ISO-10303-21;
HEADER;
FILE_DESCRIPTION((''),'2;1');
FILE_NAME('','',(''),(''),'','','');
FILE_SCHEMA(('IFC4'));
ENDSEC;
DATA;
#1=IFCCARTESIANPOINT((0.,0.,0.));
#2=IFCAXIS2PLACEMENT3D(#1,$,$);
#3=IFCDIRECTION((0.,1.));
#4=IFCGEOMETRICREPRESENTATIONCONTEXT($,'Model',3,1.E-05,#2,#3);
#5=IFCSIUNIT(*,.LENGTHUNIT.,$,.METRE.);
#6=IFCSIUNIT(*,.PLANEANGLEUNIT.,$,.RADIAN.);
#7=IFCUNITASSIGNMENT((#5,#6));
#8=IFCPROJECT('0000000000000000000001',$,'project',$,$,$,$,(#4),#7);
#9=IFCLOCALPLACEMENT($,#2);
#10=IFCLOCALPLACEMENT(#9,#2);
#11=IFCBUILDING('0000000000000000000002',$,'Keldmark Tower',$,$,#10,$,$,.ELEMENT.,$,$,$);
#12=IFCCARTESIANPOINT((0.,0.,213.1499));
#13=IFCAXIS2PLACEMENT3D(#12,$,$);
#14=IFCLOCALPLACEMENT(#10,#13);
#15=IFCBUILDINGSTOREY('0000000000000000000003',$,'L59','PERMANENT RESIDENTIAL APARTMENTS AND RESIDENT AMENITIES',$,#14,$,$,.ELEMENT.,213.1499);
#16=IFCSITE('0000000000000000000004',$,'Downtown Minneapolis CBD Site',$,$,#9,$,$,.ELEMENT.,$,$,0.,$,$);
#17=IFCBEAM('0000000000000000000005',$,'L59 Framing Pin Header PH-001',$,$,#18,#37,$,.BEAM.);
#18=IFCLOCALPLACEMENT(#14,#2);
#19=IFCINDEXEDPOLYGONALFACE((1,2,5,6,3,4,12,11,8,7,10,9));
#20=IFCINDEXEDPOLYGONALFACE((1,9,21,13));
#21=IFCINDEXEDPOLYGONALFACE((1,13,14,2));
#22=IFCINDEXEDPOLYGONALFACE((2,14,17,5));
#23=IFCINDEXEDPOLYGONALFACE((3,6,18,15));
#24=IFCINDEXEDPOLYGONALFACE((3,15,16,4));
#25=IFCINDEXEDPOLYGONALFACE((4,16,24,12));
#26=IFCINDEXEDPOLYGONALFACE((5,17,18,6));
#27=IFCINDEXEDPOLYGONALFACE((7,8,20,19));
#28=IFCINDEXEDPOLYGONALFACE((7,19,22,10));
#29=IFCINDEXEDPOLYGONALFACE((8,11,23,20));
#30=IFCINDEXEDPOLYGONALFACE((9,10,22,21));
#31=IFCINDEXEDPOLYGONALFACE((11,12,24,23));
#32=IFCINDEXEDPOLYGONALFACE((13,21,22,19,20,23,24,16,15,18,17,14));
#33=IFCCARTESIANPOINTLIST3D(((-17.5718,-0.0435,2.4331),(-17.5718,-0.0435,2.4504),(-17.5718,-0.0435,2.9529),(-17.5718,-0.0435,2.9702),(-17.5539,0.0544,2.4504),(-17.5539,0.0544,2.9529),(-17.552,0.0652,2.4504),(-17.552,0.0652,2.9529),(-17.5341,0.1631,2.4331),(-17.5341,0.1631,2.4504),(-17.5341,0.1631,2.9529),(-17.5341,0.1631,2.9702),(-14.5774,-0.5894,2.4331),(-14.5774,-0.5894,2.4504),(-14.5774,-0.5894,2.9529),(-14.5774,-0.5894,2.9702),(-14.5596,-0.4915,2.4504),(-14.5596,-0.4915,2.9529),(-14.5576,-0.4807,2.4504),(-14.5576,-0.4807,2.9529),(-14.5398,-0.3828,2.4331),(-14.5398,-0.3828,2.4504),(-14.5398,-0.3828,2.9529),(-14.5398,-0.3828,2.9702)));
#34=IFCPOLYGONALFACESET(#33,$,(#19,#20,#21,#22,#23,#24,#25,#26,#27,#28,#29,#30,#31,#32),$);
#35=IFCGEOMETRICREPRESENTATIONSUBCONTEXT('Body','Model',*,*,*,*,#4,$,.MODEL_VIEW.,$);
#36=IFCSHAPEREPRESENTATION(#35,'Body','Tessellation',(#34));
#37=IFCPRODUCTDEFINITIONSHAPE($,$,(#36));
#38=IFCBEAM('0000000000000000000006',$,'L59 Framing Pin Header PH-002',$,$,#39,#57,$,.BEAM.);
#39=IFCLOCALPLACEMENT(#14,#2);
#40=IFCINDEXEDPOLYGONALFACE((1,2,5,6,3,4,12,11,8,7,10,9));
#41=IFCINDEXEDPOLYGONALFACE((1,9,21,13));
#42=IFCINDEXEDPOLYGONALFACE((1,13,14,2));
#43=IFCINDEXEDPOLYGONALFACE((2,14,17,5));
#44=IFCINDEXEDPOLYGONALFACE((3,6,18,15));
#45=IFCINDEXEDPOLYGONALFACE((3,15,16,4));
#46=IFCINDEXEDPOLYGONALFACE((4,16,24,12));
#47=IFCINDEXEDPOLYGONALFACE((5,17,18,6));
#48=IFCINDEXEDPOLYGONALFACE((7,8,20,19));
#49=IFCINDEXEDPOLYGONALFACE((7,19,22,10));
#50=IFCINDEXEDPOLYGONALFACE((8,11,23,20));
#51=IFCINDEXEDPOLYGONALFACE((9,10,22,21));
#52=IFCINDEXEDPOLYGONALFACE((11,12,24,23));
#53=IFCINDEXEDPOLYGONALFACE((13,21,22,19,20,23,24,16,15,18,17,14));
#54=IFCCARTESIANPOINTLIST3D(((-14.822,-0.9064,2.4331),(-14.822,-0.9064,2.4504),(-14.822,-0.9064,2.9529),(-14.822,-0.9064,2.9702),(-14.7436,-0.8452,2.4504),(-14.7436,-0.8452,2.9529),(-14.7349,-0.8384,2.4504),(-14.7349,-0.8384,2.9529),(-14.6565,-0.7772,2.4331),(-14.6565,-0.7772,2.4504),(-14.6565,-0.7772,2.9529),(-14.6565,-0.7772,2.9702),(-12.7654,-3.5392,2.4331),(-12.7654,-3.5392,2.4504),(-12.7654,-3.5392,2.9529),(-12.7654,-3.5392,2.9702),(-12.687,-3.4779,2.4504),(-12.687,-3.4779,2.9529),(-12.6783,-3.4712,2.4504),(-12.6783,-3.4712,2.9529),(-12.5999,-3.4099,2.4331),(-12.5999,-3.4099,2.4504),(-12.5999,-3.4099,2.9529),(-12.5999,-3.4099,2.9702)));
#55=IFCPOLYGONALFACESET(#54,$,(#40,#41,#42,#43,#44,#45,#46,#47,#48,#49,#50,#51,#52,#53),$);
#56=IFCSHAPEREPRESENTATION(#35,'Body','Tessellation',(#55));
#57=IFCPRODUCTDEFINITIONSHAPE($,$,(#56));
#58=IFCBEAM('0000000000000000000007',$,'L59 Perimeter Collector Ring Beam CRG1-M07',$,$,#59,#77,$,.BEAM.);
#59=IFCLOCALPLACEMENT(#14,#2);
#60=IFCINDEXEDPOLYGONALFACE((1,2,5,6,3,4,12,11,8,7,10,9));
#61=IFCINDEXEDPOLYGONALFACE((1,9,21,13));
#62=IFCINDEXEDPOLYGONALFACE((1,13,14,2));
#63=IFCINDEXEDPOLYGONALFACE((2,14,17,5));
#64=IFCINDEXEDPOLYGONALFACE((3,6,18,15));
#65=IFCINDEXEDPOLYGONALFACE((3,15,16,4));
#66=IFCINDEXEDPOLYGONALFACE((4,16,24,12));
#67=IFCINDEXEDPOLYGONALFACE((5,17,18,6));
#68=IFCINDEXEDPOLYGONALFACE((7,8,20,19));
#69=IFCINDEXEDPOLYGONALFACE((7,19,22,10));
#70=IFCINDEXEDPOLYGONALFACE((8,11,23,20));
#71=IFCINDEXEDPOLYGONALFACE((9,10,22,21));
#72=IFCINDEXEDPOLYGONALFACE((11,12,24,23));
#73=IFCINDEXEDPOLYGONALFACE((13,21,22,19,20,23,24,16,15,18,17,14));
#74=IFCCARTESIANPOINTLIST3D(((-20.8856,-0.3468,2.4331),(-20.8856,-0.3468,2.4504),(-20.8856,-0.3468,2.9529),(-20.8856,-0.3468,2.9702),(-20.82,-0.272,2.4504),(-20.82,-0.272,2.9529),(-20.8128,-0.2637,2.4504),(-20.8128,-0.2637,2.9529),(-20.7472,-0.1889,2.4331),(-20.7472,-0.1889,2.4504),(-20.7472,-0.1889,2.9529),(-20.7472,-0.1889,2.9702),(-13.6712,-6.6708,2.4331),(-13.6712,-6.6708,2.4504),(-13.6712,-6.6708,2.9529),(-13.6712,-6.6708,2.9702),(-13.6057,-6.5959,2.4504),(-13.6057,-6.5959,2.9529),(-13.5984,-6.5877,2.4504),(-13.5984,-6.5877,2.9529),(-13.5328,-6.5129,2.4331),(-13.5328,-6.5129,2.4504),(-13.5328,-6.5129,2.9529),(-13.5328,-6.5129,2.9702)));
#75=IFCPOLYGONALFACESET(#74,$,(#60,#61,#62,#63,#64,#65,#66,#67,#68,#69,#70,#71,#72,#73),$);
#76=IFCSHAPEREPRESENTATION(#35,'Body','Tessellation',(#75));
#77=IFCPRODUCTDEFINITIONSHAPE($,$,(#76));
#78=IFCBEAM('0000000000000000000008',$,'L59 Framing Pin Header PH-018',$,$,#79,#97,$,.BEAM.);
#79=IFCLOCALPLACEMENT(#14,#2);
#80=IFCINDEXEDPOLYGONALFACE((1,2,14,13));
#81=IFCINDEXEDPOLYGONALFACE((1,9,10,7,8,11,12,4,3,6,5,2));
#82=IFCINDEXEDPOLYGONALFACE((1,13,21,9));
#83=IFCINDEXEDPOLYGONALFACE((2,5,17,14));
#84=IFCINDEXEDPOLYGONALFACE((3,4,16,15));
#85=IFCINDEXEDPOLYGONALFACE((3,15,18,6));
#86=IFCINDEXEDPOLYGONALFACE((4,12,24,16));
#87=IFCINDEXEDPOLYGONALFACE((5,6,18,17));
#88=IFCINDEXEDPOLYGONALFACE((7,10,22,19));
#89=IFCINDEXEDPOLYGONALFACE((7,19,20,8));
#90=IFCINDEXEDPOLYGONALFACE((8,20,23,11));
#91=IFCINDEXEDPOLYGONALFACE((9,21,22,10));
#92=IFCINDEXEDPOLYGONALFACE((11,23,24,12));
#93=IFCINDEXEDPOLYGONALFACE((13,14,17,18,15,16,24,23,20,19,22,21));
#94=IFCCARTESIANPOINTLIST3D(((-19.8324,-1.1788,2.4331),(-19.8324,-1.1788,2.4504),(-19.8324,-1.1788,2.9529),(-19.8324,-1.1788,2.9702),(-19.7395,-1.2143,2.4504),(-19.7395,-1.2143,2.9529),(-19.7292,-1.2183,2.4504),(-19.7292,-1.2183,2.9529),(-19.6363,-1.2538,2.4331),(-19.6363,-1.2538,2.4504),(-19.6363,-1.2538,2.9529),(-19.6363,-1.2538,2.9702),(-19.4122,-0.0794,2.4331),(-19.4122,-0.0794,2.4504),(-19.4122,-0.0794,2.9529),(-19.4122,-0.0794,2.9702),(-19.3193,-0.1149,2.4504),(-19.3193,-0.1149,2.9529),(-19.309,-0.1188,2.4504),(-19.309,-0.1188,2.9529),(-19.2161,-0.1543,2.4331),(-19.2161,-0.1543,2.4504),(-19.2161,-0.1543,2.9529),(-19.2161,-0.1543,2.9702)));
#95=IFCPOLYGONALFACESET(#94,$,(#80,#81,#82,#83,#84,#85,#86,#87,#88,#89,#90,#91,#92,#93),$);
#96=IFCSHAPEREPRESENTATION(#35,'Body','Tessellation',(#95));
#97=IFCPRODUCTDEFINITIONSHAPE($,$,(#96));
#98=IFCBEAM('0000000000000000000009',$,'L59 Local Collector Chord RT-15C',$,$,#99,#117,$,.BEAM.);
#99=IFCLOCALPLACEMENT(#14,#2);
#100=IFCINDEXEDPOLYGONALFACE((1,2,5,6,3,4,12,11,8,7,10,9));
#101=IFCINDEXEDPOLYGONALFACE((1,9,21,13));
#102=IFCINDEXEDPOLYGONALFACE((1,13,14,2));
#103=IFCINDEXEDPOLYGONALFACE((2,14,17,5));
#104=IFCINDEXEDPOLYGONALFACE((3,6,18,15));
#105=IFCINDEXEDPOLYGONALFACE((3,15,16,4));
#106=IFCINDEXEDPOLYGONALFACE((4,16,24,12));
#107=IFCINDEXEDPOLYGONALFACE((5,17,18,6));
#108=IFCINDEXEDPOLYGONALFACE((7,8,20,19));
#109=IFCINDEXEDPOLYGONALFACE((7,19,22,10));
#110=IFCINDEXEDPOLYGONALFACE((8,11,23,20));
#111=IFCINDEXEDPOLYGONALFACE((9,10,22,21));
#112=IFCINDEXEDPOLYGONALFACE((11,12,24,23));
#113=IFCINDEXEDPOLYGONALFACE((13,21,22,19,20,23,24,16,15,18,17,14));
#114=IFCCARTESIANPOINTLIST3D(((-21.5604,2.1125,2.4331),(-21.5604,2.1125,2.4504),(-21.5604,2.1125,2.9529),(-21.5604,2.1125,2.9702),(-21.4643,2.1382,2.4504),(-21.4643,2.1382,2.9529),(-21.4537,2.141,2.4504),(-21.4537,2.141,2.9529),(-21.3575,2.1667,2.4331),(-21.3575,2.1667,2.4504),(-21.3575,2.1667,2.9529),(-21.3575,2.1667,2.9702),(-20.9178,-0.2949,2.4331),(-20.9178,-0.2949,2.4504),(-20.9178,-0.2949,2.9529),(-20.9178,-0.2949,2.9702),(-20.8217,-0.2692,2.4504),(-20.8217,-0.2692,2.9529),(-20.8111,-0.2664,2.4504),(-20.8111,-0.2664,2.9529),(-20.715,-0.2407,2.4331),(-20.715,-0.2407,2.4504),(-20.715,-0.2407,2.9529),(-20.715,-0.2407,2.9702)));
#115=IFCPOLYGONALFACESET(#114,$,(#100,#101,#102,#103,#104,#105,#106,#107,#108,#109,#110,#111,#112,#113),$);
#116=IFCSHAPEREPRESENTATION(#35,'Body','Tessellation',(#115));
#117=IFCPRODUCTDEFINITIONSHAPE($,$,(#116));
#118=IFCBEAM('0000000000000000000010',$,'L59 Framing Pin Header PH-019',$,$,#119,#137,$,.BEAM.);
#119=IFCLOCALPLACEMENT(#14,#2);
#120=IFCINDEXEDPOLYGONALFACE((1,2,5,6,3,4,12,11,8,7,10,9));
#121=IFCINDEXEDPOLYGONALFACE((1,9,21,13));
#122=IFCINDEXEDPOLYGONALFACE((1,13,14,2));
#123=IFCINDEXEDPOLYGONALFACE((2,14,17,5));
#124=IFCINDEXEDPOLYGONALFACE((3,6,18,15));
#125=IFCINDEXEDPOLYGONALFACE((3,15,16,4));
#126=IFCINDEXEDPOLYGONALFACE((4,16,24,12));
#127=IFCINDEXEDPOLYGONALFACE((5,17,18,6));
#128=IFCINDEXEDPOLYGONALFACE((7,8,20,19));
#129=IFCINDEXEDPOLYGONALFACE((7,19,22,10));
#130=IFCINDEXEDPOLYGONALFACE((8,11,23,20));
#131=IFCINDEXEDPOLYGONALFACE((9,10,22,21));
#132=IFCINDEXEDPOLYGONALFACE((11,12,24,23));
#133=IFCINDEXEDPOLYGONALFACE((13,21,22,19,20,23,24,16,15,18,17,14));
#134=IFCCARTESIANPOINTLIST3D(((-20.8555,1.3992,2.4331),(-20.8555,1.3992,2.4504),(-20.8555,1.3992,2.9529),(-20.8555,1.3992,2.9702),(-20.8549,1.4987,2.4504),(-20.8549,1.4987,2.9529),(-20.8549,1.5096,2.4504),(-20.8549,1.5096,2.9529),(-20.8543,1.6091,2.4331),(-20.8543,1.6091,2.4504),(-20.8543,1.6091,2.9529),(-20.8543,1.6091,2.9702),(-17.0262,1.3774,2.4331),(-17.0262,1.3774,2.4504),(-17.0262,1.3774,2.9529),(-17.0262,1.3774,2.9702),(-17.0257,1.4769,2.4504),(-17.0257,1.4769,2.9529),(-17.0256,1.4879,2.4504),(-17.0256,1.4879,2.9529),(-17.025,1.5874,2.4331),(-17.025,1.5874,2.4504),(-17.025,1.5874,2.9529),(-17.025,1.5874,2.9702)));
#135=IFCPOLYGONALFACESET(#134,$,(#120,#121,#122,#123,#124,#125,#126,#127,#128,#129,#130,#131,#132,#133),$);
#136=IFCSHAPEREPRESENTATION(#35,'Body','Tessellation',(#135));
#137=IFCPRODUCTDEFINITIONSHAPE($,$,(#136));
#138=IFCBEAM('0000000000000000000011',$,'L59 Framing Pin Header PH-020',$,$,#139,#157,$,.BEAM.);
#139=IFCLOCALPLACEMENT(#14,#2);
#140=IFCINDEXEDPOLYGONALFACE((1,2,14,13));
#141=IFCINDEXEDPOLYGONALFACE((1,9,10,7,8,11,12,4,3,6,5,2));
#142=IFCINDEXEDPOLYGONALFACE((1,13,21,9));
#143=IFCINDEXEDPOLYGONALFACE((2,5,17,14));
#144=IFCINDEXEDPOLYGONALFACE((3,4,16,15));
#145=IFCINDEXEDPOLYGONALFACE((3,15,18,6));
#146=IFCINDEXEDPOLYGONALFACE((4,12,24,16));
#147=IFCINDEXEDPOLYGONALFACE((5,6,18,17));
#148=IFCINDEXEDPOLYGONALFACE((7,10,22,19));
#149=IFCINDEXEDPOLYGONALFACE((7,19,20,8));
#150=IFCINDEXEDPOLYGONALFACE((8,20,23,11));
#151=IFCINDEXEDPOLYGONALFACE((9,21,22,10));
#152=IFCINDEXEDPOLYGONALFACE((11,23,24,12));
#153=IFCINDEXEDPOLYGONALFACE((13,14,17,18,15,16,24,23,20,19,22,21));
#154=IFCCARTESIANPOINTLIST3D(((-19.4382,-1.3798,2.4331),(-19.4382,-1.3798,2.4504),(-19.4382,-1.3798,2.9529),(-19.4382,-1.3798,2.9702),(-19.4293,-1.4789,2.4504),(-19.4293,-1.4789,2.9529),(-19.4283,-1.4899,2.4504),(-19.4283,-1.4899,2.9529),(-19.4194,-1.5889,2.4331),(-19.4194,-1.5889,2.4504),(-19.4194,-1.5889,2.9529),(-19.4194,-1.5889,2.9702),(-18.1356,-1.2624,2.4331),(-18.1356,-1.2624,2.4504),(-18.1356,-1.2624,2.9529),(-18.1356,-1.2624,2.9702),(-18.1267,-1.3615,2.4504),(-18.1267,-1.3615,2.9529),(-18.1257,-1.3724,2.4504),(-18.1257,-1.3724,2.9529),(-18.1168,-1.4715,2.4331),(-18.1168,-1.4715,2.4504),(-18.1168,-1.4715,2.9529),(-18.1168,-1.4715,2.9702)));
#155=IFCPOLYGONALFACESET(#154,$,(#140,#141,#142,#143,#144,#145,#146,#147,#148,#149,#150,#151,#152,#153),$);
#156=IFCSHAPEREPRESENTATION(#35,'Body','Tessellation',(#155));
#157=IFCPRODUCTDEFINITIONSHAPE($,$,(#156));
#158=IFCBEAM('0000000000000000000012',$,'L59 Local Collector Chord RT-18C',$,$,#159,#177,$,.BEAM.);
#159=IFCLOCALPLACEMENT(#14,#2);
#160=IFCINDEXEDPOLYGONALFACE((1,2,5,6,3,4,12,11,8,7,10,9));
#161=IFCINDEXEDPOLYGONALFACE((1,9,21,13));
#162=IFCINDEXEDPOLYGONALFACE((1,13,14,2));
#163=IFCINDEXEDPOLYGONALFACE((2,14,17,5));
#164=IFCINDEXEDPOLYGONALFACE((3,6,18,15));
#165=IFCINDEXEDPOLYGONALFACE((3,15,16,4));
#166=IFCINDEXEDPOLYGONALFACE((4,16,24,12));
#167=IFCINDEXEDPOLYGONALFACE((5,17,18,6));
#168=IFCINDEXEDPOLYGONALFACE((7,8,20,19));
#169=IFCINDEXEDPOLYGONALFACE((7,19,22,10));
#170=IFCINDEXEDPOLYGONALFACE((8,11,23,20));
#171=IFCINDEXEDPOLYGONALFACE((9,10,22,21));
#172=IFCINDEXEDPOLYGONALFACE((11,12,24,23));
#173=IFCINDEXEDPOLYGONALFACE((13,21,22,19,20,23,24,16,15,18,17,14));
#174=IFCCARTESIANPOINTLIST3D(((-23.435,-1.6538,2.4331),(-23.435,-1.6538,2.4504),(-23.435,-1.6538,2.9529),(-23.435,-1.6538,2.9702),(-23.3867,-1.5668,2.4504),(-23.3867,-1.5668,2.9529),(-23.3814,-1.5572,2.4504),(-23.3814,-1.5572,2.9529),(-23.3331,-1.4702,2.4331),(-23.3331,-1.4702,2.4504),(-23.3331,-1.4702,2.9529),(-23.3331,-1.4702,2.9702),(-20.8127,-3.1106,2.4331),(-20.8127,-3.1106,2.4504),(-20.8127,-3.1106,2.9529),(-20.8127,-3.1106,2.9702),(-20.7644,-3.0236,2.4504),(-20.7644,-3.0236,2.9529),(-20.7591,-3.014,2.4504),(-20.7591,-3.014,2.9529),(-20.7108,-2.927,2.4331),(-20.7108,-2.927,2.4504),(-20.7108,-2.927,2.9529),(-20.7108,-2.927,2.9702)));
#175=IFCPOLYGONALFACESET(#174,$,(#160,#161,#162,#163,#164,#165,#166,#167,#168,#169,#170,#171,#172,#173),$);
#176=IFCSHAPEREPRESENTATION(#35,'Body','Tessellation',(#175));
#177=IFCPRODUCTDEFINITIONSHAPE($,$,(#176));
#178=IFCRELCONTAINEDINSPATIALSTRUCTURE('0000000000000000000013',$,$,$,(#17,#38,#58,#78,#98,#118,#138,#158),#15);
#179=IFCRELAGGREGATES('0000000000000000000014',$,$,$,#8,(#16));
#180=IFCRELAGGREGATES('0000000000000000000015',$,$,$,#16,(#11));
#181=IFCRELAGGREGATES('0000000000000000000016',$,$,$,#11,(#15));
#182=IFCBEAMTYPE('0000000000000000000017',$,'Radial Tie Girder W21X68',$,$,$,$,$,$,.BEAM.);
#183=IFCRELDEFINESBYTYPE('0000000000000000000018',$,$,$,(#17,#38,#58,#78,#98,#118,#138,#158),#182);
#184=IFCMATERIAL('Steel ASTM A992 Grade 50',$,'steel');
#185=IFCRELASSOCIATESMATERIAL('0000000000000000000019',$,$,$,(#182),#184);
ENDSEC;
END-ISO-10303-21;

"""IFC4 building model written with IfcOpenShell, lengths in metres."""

from ifc_helpers import new_model, si_unit, direction, frame, origin, origin_2d, place, context, subcontext, project, spatial, i_section, extrude, material, material_profile, profile_set, type_object, element, save


model = new_model("IFC4")

# Units and contexts
model_context = context("Model", 3, precision=1e-05, world=origin(), true_north=direction((0.0, 1.0)))
body_context = subcontext(model_context, "Body", "Model", "MODEL_VIEW")
ifc_project = project(units=[si_unit("LENGTHUNIT", "METRE"), si_unit("PLANEANGLEUNIT", "RADIAN")], contexts=[model_context])

# Site, building, storey
site_placement = place(None, origin())
site = spatial("IfcSite", under=ifc_project, at=site_placement, Name="Downtown Minneapolis CBD Site", CompositionType="ELEMENT", RefElevation=0.0)
building_placement = place(site_placement, origin())
building = spatial("IfcBuilding", under=site, at=building_placement, Name="Keldmark Tower", CompositionType="ELEMENT")
storey_placement = place(building_placement, frame((0.0, 0.0, 213.1499)))
storey = spatial("IfcBuildingStorey", under=building, at=storey_placement, Name="L59", Description="PERMANENT RESIDENTIAL APARTMENTS AND RESIDENT AMENITIES", CompositionType="ELEMENT", Elevation=213.1499)

# Beams
ifc_material_1 = material(Name="Steel ASTM A992 Grade 50", Category="steel")
ifc_material_profile_1 = material_profile(ifc_material_1, i_section(OverallWidth=0.21, OverallDepth=0.5371, WebThickness=0.011, FlangeThickness=0.0173, at=origin_2d()), Name="W21X68")
ifc_profile_set_1 = profile_set([ifc_material_profile_1], Name="Steel ASTM A992 Grade 50")
beam_type_1 = type_object("IfcBeamType", Name="Radial Tie Girder W21X68", PredefinedType="BEAM", material=ifc_profile_set_1)
beam_1_placement = place(storey_placement, frame((-14.5586, -0.4861, 2.7017), z_axis=(-0.983785, 0.179351, 0.0), x_axis=(-0.179351, -0.983785, 0.0)))
element("IfcBeam", 1, at=beam_1_placement, inside=storey, type_object=beam_type_1, Name="L59 Framing Pin Header PH-001", PredefinedType="BEAM", context=body_context, shape_type="SweptSolid", body=[
    extrude(i_section(OverallWidth=0.21, OverallDepth=0.5371, WebThickness=0.011, FlangeThickness=0.0173, at=origin_2d()), origin(), (0.0, 0.0, 1.0), 3.0437),
])
beam_2_placement = place(storey_placement, frame((-14.7393, -0.8418, 2.7017), z_axis=(0.615599, -0.78806, 0.0), x_axis=(0.78806, 0.615599, 0.0)))
element("IfcBeam", 2, at=beam_2_placement, inside=storey, type_object=beam_type_1, Name="L59 Framing Pin Header PH-002", PredefinedType="BEAM", context=body_context, shape_type="SweptSolid", body=[
    extrude(i_section(OverallWidth=0.21, OverallDepth=0.5371, WebThickness=0.011, FlangeThickness=0.0173, at=origin_2d()), origin(), (0.0, 0.0, 1.0), 3.3408),
])
beam_3_placement = place(storey_placement, frame((-20.8164, -0.2678, 2.7017), z_axis=(0.751987, -0.659178, 0.0), x_axis=(0.659178, 0.751987, 0.0)))
element("IfcBeam", 3, at=beam_3_placement, inside=storey, type_object=beam_type_1, Name="L59 Perimeter Collector Ring Beam CRG1-M07", PredefinedType="BEAM", context=body_context, shape_type="SweptSolid", body=[
    extrude(i_section(OverallWidth=0.21, OverallDepth=0.5371, WebThickness=0.011, FlangeThickness=0.0173, at=origin_2d()), origin(), (0.0, 0.0, 1.0), 9.5938),
])
beam_4_placement = place(storey_placement, frame((-19.7344, -1.2163, 2.7017), z_axis=(0.357004, 0.934103, 0.0), x_axis=(-0.934103, 0.357004, 0.0)))
element("IfcBeam", 4, at=beam_4_placement, inside=storey, type_object=beam_type_1, Name="L59 Framing Pin Header PH-018", PredefinedType="BEAM", context=body_context, shape_type="SweptSolid", body=[
    extrude(i_section(OverallWidth=0.21, OverallDepth=0.5371, WebThickness=0.011, FlangeThickness=0.0173, at=origin_2d()), origin(), (0.0, 0.0, 1.0), 1.177),
])
beam_5_placement = place(storey_placement, frame((-20.8164, -0.2678, 2.7017), z_axis=(-0.257882, 0.966176, 0.0), x_axis=(-0.966176, -0.257882, 0.0)))
element("IfcBeam", 5, at=beam_5_placement, inside=storey, type_object=beam_type_1, Name="L59 Local Collector Chord RT-15C", PredefinedType="BEAM", context=body_context, shape_type="SweptSolid", body=[
    extrude(i_section(OverallWidth=0.21, OverallDepth=0.5371, WebThickness=0.011, FlangeThickness=0.0173, at=origin_2d()), origin(), (0.0, 0.0, 1.0), 2.4917),
])
beam_6_placement = place(storey_placement, frame((-17.0256, 1.4824, 2.7017), z_axis=(-0.999984, 0.005674, 0.0), x_axis=(-0.005674, -0.999984, 0.0)))
element("IfcBeam", 6, at=beam_6_placement, inside=storey, type_object=beam_type_1, Name="L59 Framing Pin Header PH-019", PredefinedType="BEAM", context=body_context, shape_type="SweptSolid", body=[
    extrude(i_section(OverallWidth=0.21, OverallDepth=0.5371, WebThickness=0.011, FlangeThickness=0.0173, at=origin_2d()), origin(), (0.0, 0.0, 1.0), 3.8293),
])
beam_7_placement = place(storey_placement, frame((-18.1262, -1.3669, 2.7017), z_axis=(-0.99596, -0.089795, 0.0), x_axis=(0.089795, -0.99596, 0.0)))
element("IfcBeam", 7, at=beam_7_placement, inside=storey, type_object=beam_type_1, Name="L59 Framing Pin Header PH-020", PredefinedType="BEAM", context=body_context, shape_type="SweptSolid", body=[
    extrude(i_section(OverallWidth=0.21, OverallDepth=0.5371, WebThickness=0.011, FlangeThickness=0.0173, at=origin_2d()), origin(), (0.0, 0.0, 1.0), 1.3079),
])
beam_8_placement = place(storey_placement, frame((-23.384, -1.562, 2.7017), z_axis=(0.874165, -0.485629, 0.0), x_axis=(0.485629, 0.874165, 0.0)))
element("IfcBeam", 8, at=beam_8_placement, inside=storey, type_object=beam_type_1, Name="L59 Local Collector Chord RT-18C", PredefinedType="BEAM", context=body_context, shape_type="SweptSolid", body=[
    extrude(i_section(OverallWidth=0.21, OverallDepth=0.5371, WebThickness=0.011, FlangeThickness=0.0173, at=origin_2d()), origin(), (0.0, 0.0, 1.0), 2.9998),
])

save(model, "model.ifc")
